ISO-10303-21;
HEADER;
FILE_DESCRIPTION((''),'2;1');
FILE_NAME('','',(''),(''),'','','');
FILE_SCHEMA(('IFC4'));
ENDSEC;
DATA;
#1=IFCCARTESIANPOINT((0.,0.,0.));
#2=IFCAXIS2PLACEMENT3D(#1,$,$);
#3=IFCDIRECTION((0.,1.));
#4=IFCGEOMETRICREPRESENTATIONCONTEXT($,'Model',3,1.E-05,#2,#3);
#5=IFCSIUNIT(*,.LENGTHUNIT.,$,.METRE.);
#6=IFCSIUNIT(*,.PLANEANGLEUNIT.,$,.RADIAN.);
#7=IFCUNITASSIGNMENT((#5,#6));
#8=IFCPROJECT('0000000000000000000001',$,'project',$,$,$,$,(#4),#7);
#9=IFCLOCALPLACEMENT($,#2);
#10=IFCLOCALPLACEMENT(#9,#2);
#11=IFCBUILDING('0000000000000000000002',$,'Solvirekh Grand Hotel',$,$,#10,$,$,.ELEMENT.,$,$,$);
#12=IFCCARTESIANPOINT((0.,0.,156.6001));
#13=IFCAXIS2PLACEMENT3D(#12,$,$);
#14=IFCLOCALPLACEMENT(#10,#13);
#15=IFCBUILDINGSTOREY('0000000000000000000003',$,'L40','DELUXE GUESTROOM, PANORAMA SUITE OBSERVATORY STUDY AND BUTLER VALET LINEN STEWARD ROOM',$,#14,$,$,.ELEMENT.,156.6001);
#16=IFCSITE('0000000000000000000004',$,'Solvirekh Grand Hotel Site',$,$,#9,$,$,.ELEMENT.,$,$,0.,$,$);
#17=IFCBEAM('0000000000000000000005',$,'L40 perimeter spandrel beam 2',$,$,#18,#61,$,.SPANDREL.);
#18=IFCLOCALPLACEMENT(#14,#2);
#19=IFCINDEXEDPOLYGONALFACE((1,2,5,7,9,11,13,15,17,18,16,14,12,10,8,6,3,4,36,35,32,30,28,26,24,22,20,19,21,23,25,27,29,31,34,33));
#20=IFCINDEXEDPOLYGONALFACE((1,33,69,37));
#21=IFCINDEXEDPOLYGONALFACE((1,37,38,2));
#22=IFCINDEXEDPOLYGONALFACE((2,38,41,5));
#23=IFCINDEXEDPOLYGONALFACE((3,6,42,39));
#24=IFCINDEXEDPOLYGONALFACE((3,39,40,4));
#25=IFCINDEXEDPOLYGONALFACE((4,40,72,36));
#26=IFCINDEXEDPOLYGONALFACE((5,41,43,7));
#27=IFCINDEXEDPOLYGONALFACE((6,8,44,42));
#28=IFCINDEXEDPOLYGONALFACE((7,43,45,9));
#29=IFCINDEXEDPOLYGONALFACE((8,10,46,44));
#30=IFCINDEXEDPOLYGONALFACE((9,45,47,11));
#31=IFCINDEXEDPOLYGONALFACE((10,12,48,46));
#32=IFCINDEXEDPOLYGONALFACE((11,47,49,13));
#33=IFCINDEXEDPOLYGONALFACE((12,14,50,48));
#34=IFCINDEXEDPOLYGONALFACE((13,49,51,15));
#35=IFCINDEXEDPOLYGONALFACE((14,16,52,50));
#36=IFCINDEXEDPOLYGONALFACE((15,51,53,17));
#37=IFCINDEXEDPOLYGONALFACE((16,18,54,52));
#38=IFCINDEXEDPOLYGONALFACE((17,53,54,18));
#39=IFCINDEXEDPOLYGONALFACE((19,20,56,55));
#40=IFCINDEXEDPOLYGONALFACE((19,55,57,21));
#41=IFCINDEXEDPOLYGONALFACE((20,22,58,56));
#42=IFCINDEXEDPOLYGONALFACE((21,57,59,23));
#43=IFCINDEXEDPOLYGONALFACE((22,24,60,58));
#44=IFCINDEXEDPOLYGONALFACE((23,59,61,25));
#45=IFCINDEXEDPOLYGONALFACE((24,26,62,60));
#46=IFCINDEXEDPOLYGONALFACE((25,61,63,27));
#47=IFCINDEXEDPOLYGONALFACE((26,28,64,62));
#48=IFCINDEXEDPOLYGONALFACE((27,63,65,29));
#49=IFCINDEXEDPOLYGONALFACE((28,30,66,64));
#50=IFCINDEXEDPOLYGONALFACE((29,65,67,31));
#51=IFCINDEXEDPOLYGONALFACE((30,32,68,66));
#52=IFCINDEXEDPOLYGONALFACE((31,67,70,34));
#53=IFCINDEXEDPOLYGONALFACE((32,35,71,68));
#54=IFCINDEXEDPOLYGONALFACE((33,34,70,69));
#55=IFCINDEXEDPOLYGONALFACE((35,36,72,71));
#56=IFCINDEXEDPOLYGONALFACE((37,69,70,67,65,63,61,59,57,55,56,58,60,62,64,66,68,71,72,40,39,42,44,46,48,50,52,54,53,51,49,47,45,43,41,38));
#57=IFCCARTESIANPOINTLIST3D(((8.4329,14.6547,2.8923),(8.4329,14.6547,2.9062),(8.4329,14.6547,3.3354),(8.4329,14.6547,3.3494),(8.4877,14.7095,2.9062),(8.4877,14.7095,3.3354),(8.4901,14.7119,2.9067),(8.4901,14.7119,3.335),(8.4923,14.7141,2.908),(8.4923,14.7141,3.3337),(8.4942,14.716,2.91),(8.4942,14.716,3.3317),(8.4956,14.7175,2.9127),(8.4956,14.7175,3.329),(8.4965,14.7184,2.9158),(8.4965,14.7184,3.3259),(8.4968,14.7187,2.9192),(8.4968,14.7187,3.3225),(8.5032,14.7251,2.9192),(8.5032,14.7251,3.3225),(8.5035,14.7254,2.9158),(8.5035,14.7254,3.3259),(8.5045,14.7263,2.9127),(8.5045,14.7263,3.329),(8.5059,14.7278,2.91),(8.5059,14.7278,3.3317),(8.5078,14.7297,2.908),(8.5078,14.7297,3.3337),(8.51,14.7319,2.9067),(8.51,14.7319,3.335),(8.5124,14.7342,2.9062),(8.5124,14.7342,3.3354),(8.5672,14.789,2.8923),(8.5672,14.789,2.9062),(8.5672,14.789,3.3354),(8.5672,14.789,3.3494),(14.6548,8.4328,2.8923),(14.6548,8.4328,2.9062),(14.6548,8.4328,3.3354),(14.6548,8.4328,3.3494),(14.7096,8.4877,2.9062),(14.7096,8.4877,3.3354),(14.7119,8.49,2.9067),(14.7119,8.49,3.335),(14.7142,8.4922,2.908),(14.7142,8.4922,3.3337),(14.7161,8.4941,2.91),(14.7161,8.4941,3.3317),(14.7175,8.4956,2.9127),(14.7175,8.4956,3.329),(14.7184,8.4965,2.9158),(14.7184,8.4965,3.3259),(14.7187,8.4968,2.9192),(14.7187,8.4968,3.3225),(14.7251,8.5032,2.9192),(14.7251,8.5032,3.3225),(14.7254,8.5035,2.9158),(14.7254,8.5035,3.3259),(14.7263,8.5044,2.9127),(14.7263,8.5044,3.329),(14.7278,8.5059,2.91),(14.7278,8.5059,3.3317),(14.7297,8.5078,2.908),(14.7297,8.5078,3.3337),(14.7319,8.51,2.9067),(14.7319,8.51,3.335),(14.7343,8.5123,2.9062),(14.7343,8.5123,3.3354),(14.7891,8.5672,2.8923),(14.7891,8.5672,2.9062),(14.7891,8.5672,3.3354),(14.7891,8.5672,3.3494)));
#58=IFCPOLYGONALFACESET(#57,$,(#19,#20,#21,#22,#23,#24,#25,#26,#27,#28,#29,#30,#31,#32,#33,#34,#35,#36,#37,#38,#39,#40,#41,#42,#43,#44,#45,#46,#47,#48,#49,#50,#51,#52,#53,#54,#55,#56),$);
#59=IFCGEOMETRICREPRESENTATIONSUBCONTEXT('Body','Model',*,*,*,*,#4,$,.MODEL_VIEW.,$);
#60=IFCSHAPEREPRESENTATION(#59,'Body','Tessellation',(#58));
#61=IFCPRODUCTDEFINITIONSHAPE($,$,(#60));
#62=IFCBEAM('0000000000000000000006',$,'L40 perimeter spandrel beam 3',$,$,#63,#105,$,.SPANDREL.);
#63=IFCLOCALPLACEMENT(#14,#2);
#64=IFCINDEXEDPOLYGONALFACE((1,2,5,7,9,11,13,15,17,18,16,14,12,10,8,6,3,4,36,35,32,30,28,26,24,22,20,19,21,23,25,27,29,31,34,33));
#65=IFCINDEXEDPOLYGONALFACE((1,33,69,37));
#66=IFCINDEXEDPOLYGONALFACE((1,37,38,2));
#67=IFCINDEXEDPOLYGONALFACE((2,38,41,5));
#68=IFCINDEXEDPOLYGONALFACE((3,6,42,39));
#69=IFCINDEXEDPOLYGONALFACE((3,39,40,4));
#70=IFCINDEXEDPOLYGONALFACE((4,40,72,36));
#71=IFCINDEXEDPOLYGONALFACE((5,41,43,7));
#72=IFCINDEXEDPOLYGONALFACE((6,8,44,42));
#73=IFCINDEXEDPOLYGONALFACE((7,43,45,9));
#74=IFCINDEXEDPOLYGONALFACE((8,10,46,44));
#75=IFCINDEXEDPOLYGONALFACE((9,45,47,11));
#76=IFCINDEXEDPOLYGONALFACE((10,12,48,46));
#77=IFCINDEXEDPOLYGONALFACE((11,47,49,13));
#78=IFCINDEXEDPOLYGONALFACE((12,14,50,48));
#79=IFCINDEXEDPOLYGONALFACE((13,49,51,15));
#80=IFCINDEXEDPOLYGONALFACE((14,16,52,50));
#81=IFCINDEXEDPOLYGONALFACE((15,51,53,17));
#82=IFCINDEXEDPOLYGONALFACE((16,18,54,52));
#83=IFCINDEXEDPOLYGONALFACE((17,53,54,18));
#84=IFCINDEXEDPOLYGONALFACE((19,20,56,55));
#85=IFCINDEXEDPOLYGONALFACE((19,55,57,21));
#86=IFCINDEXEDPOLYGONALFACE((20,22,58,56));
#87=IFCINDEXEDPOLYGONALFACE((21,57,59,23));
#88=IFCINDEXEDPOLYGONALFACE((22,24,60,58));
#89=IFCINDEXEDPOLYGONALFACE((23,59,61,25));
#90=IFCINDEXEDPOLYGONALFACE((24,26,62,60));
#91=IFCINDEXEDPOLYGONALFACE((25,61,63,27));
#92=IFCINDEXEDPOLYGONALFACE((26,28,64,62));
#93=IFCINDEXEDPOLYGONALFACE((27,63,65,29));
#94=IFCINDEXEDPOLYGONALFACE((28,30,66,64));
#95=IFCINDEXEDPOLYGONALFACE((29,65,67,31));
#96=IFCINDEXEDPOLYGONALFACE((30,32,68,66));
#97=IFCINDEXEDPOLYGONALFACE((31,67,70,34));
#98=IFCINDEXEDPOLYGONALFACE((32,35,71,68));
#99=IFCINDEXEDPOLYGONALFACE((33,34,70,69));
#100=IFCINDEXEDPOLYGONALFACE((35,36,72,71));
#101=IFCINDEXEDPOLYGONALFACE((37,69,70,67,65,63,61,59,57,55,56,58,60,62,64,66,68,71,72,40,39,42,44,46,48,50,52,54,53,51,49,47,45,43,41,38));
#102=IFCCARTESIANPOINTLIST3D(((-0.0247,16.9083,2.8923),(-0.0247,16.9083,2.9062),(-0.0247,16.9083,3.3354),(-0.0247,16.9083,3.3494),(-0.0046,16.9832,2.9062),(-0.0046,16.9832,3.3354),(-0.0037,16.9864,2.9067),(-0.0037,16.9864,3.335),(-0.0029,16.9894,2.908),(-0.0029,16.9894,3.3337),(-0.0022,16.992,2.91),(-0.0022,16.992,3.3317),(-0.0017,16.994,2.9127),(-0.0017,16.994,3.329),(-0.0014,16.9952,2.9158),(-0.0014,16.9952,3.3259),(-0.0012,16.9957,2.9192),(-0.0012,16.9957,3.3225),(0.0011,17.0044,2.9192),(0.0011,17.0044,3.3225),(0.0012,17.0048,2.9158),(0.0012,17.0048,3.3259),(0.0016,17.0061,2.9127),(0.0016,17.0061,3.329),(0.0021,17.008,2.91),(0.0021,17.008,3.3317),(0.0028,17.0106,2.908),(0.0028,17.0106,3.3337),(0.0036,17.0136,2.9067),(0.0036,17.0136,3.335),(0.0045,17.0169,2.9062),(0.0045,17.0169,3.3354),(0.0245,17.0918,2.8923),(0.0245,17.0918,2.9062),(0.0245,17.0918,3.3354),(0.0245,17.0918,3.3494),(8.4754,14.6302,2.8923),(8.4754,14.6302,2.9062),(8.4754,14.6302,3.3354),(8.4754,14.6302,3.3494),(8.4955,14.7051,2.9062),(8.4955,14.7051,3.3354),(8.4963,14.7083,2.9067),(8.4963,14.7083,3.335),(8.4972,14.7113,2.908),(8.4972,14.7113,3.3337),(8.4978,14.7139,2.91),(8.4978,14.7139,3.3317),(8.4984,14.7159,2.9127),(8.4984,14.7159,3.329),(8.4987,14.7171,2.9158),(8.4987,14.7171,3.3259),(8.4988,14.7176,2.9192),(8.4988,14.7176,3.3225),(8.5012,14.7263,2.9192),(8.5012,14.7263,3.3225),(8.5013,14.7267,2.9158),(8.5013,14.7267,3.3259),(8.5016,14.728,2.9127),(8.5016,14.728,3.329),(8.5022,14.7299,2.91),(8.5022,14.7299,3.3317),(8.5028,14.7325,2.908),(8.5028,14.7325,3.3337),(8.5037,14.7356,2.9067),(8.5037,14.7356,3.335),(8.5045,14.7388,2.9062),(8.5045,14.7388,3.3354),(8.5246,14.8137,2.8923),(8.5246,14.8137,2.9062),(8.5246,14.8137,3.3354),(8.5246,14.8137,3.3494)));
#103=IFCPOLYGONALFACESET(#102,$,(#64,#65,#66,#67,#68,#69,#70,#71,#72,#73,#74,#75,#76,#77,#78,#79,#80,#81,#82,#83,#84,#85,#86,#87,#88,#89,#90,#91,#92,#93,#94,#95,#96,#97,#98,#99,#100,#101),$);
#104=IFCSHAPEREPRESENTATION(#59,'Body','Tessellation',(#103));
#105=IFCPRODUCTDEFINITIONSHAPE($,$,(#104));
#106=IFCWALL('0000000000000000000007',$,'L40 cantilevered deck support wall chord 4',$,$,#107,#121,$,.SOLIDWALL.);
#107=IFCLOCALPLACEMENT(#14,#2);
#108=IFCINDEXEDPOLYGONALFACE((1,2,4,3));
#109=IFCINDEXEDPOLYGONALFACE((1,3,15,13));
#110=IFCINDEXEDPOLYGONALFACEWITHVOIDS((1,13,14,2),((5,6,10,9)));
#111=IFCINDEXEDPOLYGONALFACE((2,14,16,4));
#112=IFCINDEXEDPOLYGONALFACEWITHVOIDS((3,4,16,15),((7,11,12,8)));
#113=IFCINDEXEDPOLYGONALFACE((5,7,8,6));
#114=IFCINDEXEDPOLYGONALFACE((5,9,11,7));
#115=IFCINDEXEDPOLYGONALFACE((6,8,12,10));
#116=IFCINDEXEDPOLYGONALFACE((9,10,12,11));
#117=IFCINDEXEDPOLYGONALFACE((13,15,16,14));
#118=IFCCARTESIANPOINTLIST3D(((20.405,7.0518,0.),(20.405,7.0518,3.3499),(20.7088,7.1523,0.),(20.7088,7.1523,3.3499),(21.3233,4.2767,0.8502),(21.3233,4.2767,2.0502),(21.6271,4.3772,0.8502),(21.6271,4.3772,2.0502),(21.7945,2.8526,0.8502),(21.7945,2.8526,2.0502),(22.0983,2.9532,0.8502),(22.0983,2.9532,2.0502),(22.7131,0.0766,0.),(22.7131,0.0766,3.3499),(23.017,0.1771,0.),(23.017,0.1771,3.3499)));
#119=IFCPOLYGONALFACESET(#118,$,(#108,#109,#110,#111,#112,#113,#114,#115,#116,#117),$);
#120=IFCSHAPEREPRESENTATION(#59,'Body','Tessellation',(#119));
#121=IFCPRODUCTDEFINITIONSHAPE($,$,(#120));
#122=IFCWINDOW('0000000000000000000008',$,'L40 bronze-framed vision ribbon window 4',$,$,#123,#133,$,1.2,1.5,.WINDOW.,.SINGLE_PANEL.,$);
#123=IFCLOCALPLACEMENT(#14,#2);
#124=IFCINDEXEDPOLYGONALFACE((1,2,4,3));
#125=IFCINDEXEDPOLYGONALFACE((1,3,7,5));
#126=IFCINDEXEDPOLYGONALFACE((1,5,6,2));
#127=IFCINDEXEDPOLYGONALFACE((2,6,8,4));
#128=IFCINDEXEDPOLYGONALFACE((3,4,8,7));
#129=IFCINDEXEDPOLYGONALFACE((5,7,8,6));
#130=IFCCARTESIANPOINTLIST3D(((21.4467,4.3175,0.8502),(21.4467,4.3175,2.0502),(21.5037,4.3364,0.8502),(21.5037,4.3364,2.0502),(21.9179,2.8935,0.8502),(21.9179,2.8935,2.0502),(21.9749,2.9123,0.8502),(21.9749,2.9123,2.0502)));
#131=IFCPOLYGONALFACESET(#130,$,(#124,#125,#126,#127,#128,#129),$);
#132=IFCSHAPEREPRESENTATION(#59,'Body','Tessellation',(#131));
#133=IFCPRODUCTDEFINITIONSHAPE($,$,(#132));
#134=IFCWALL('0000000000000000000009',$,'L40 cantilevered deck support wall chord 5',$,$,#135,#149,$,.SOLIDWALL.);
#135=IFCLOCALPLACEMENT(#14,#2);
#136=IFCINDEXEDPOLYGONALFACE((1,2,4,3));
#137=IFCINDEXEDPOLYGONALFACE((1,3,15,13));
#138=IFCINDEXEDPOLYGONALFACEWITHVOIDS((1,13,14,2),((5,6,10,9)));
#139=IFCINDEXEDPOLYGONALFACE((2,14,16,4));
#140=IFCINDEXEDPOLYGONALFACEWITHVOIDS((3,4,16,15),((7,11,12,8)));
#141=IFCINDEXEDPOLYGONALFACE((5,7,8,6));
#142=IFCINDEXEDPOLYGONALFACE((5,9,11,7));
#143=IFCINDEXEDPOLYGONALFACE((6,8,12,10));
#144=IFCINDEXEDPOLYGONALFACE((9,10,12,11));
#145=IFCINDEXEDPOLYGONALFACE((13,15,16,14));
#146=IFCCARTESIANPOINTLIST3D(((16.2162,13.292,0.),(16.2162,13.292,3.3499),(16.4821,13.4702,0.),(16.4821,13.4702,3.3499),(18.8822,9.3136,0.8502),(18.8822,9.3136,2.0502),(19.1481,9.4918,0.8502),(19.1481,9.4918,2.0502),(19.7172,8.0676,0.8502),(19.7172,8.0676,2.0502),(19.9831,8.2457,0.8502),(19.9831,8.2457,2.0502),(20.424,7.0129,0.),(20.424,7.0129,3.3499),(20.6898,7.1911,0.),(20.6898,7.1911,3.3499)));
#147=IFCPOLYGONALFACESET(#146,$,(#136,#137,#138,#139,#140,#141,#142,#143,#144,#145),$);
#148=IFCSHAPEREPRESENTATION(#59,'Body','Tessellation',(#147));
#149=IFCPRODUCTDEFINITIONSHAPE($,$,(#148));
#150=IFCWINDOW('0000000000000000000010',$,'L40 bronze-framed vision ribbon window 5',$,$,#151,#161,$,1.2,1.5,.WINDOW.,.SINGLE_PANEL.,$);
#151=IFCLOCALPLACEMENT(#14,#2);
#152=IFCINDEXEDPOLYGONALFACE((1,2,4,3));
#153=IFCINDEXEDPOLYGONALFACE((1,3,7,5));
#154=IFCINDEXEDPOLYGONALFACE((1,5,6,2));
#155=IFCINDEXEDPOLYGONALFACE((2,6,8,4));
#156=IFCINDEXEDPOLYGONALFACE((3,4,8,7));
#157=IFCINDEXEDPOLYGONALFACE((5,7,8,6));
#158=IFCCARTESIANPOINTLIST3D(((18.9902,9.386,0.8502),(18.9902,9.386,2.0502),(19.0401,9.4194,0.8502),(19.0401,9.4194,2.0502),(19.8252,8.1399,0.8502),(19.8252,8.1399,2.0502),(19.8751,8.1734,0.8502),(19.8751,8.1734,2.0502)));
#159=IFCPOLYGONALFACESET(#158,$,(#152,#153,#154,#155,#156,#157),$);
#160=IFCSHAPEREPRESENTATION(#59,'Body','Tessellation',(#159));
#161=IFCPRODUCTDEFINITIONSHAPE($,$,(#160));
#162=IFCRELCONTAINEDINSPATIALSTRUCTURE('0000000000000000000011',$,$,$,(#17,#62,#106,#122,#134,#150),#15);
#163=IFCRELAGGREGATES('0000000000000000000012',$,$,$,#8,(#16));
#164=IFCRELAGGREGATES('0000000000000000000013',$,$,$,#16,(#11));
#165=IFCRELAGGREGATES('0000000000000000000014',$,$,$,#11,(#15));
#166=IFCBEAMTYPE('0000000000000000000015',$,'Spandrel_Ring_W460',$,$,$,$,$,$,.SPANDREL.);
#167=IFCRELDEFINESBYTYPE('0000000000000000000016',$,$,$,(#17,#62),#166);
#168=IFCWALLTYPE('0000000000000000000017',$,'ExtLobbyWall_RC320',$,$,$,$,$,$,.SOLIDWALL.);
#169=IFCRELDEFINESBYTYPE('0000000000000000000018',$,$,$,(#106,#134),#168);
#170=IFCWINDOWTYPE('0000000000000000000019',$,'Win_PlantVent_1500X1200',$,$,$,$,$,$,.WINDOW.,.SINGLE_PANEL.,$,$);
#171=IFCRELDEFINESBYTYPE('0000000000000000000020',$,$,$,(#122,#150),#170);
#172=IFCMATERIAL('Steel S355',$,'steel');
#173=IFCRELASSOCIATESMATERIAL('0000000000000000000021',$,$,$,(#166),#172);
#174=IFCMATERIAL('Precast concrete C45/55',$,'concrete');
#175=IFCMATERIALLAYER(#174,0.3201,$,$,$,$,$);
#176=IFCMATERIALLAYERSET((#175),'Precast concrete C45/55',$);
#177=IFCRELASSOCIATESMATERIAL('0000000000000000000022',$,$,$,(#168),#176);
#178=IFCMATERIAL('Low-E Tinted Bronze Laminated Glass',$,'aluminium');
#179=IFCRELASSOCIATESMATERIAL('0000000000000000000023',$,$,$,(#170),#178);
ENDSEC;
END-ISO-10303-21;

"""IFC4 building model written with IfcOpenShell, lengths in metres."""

from ifc_helpers import new_model, si_unit, direction, frame, frame_2d, origin, origin_2d, place, context, subcontext, project, spatial, rectangle, i_section, extrude, material, layer, layer_set, material_profile, profile_set, type_object, element, fill, save


model = new_model("IFC4")

# Units and contexts
model_context = context("Model", 3, precision=1e-05, world=origin(), true_north=direction((0.0, 1.0)))
body_context = subcontext(model_context, "Body", "Model", "MODEL_VIEW")
ifc_project = project(units=[si_unit("LENGTHUNIT", "METRE"), si_unit("PLANEANGLEUNIT", "RADIAN")], contexts=[model_context])

# Site, building, storey
site_placement = place(None, origin())
site = spatial("IfcSite", under=ifc_project, at=site_placement, Name="Solvirekh Grand Hotel Site", CompositionType="ELEMENT", RefElevation=0.0)
building_placement = place(site_placement, origin())
building = spatial("IfcBuilding", under=site, at=building_placement, Name="Solvirekh Grand Hotel", CompositionType="ELEMENT")
storey_placement = place(building_placement, frame((0.0, 0.0, 156.6001)))
storey = spatial("IfcBuildingStorey", under=building, at=storey_placement, Name="L40", Description="DELUXE GUESTROOM, PANORAMA SUITE OBSERVATORY STUDY AND BUTLER VALET LINEN STEWARD ROOM", CompositionType="ELEMENT", Elevation=156.6001)

# Beams
ifc_material_1 = material(Name="Steel S355", Category="steel")
ifc_material_profile_1 = material_profile(ifc_material_1, i_section(OverallWidth=0.1899, OverallDepth=0.457, WebThickness=0.009, FlangeThickness=0.0139, FilletRadius=0.0129, at=origin_2d()), Name="W460X74")
ifc_profile_set_1 = profile_set([ifc_material_profile_1], Name="Steel S355")
beam_type_1 = type_object("IfcBeamType", Name="Spandrel_Ring_W460", PredefinedType="SPANDREL", material=ifc_profile_set_1)
beam_1_placement = place(storey_placement, frame((14.7219, 8.5, 3.1208), z_axis=(-0.707107, 0.707107, 0.0), x_axis=(-0.707107, -0.707107, 0.0)))
element("IfcBeam", 1, at=beam_1_placement, inside=storey, type_object=beam_type_1, Name="L40 perimeter spandrel beam 2", PredefinedType="SPANDREL", context=body_context, shape_type="SweptSolid", body=[
    extrude(i_section(OverallWidth=0.1899, OverallDepth=0.457, WebThickness=0.009, FlangeThickness=0.0139, FilletRadius=0.0129, at=origin_2d()), origin(), (0.0, 0.0, 1.0), 8.7991),
])
beam_2_placement = place(storey_placement, frame((8.5, 14.7219, 3.1208), z_axis=(-0.965911, 0.258873, 0.0), x_axis=(-0.258873, -0.965911, 0.0)))
element("IfcBeam", 2, at=beam_2_placement, inside=storey, type_object=beam_type_1, Name="L40 perimeter spandrel beam 3", PredefinedType="SPANDREL", context=body_context, shape_type="SweptSolid", body=[
    extrude(i_section(OverallWidth=0.1899, OverallDepth=0.457, WebThickness=0.009, FlangeThickness=0.0139, FilletRadius=0.0129, at=origin_2d()), origin(), (0.0, 0.0, 1.0), 8.8),
])

# Walls, openings, windows
ifc_material_2 = material(Name="Precast concrete C45/55", Category="concrete")
ifc_layer_1 = layer(ifc_material_2, 0.3201)
ifc_layer_set_1 = layer_set([ifc_layer_1], Name="Precast concrete C45/55")
wall_type_1 = type_object("IfcWallType", Name="ExtLobbyWall_RC320", PredefinedType="SOLIDWALL", material=ifc_layer_set_1)
wall_1_placement = place(storey_placement, frame((20.5569, 7.1021, 0.0), z_axis=(0.0, 0.0, 1.0), x_axis=(0.314153, -0.949372, 0.0)))
wall_1 = element("IfcWall", 3, at=wall_1_placement, inside=storey, type_object=wall_type_1, Name="L40 cantilevered deck support wall chord 4", PredefinedType="SOLIDWALL", context=body_context, shape_type="SweptSolid", body=[
    extrude(rectangle(XDim=7.3472, YDim=0.3201, at=frame_2d((3.6736, 0.0))), origin(), (0.0, 0.0, 1.0), 3.3499),
])
opening_1_placement = place(wall_1_placement, frame((2.9231, 0.0, 0.8501)))
opening_1 = element("IfcOpeningElement", 4, at=opening_1_placement, cuts=wall_1, PredefinedType="OPENING", context=body_context, shape_type="SweptSolid", body=[
    extrude(rectangle(XDim=1.5, YDim=1.2, at=frame_2d((0.75, 0.6001))), frame((0.0, 0.1699, 0.0), z_axis=(0.0, -1.0, 0.0), x_axis=(1.0, 0.0, 0.0)), (0.0, 0.0, 1.0), 0.3401),
])
ifc_material_3 = material(Name="Low-E Tinted Bronze Laminated Glass", Category="aluminium")
window_type = type_object("IfcWindowType", Name="Win_PlantVent_1500X1200", PartitioningType="SINGLE_PANEL", PredefinedType="WINDOW", material=ifc_material_3)
window_1_placement = place(opening_1_placement, origin())
window_1 = element("IfcWindow", 5, at=window_1_placement, inside=storey, type_object=window_type, Name="L40 bronze-framed vision ribbon window 4", OverallHeight=1.2, OverallWidth=1.5, PartitioningType="SINGLE_PANEL", PredefinedType="WINDOW", context=body_context, shape_type="SweptSolid", body=[
    extrude(rectangle(XDim=1.5, YDim=1.2, at=frame_2d((0.75, 0.6001))), frame((0.0, 0.03, 0.0), z_axis=(0.0, -1.0, 0.0), x_axis=(1.0, 0.0, 0.0)), (0.0, 0.0, 1.0), 0.0601),
])
fill(opening_1, window_1)
wall_2_placement = place(storey_placement, frame((16.3491, 13.3811, 0.0), z_axis=(0.0, 0.0, 1.0), x_axis=(0.556689, -0.830721, 0.0)))
wall_2 = element("IfcWall", 6, at=wall_2_placement, inside=storey, type_object=wall_type_1, Name="L40 cantilevered deck support wall chord 5", PredefinedType="SOLIDWALL", context=body_context, shape_type="SweptSolid", body=[
    extrude(rectangle(XDim=7.5586, YDim=0.3201, at=frame_2d((3.7793, 0.0))), origin(), (0.0, 0.0, 1.0), 3.3499),
])
opening_2_placement = place(wall_2_placement, frame((4.7891, 0.0, 0.8501)))
opening_2 = element("IfcOpeningElement", 7, at=opening_2_placement, cuts=wall_2, PredefinedType="OPENING", context=body_context, shape_type="SweptSolid", body=[
    extrude(rectangle(XDim=1.5, YDim=1.2, at=frame_2d((0.75, 0.6001))), frame((0.0, 0.1699, 0.0), z_axis=(0.0, -1.0, 0.0), x_axis=(1.0, 0.0, 0.0)), (0.0, 0.0, 1.0), 0.3401),
])
window_2_placement = place(opening_2_placement, origin())
window_2 = element("IfcWindow", 8, at=window_2_placement, inside=storey, type_object=window_type, Name="L40 bronze-framed vision ribbon window 5", OverallHeight=1.2, OverallWidth=1.5, PartitioningType="SINGLE_PANEL", PredefinedType="WINDOW", context=body_context, shape_type="SweptSolid", body=[
    extrude(rectangle(XDim=1.5, YDim=1.2, at=frame_2d((0.75, 0.6001))), frame((0.0, 0.03, 0.0), z_axis=(0.0, -1.0, 0.0), x_axis=(1.0, 0.0, 0.0)), (0.0, 0.0, 1.0), 0.0601),
])
fill(opening_2, window_2)

save(model, "model.ifc")
